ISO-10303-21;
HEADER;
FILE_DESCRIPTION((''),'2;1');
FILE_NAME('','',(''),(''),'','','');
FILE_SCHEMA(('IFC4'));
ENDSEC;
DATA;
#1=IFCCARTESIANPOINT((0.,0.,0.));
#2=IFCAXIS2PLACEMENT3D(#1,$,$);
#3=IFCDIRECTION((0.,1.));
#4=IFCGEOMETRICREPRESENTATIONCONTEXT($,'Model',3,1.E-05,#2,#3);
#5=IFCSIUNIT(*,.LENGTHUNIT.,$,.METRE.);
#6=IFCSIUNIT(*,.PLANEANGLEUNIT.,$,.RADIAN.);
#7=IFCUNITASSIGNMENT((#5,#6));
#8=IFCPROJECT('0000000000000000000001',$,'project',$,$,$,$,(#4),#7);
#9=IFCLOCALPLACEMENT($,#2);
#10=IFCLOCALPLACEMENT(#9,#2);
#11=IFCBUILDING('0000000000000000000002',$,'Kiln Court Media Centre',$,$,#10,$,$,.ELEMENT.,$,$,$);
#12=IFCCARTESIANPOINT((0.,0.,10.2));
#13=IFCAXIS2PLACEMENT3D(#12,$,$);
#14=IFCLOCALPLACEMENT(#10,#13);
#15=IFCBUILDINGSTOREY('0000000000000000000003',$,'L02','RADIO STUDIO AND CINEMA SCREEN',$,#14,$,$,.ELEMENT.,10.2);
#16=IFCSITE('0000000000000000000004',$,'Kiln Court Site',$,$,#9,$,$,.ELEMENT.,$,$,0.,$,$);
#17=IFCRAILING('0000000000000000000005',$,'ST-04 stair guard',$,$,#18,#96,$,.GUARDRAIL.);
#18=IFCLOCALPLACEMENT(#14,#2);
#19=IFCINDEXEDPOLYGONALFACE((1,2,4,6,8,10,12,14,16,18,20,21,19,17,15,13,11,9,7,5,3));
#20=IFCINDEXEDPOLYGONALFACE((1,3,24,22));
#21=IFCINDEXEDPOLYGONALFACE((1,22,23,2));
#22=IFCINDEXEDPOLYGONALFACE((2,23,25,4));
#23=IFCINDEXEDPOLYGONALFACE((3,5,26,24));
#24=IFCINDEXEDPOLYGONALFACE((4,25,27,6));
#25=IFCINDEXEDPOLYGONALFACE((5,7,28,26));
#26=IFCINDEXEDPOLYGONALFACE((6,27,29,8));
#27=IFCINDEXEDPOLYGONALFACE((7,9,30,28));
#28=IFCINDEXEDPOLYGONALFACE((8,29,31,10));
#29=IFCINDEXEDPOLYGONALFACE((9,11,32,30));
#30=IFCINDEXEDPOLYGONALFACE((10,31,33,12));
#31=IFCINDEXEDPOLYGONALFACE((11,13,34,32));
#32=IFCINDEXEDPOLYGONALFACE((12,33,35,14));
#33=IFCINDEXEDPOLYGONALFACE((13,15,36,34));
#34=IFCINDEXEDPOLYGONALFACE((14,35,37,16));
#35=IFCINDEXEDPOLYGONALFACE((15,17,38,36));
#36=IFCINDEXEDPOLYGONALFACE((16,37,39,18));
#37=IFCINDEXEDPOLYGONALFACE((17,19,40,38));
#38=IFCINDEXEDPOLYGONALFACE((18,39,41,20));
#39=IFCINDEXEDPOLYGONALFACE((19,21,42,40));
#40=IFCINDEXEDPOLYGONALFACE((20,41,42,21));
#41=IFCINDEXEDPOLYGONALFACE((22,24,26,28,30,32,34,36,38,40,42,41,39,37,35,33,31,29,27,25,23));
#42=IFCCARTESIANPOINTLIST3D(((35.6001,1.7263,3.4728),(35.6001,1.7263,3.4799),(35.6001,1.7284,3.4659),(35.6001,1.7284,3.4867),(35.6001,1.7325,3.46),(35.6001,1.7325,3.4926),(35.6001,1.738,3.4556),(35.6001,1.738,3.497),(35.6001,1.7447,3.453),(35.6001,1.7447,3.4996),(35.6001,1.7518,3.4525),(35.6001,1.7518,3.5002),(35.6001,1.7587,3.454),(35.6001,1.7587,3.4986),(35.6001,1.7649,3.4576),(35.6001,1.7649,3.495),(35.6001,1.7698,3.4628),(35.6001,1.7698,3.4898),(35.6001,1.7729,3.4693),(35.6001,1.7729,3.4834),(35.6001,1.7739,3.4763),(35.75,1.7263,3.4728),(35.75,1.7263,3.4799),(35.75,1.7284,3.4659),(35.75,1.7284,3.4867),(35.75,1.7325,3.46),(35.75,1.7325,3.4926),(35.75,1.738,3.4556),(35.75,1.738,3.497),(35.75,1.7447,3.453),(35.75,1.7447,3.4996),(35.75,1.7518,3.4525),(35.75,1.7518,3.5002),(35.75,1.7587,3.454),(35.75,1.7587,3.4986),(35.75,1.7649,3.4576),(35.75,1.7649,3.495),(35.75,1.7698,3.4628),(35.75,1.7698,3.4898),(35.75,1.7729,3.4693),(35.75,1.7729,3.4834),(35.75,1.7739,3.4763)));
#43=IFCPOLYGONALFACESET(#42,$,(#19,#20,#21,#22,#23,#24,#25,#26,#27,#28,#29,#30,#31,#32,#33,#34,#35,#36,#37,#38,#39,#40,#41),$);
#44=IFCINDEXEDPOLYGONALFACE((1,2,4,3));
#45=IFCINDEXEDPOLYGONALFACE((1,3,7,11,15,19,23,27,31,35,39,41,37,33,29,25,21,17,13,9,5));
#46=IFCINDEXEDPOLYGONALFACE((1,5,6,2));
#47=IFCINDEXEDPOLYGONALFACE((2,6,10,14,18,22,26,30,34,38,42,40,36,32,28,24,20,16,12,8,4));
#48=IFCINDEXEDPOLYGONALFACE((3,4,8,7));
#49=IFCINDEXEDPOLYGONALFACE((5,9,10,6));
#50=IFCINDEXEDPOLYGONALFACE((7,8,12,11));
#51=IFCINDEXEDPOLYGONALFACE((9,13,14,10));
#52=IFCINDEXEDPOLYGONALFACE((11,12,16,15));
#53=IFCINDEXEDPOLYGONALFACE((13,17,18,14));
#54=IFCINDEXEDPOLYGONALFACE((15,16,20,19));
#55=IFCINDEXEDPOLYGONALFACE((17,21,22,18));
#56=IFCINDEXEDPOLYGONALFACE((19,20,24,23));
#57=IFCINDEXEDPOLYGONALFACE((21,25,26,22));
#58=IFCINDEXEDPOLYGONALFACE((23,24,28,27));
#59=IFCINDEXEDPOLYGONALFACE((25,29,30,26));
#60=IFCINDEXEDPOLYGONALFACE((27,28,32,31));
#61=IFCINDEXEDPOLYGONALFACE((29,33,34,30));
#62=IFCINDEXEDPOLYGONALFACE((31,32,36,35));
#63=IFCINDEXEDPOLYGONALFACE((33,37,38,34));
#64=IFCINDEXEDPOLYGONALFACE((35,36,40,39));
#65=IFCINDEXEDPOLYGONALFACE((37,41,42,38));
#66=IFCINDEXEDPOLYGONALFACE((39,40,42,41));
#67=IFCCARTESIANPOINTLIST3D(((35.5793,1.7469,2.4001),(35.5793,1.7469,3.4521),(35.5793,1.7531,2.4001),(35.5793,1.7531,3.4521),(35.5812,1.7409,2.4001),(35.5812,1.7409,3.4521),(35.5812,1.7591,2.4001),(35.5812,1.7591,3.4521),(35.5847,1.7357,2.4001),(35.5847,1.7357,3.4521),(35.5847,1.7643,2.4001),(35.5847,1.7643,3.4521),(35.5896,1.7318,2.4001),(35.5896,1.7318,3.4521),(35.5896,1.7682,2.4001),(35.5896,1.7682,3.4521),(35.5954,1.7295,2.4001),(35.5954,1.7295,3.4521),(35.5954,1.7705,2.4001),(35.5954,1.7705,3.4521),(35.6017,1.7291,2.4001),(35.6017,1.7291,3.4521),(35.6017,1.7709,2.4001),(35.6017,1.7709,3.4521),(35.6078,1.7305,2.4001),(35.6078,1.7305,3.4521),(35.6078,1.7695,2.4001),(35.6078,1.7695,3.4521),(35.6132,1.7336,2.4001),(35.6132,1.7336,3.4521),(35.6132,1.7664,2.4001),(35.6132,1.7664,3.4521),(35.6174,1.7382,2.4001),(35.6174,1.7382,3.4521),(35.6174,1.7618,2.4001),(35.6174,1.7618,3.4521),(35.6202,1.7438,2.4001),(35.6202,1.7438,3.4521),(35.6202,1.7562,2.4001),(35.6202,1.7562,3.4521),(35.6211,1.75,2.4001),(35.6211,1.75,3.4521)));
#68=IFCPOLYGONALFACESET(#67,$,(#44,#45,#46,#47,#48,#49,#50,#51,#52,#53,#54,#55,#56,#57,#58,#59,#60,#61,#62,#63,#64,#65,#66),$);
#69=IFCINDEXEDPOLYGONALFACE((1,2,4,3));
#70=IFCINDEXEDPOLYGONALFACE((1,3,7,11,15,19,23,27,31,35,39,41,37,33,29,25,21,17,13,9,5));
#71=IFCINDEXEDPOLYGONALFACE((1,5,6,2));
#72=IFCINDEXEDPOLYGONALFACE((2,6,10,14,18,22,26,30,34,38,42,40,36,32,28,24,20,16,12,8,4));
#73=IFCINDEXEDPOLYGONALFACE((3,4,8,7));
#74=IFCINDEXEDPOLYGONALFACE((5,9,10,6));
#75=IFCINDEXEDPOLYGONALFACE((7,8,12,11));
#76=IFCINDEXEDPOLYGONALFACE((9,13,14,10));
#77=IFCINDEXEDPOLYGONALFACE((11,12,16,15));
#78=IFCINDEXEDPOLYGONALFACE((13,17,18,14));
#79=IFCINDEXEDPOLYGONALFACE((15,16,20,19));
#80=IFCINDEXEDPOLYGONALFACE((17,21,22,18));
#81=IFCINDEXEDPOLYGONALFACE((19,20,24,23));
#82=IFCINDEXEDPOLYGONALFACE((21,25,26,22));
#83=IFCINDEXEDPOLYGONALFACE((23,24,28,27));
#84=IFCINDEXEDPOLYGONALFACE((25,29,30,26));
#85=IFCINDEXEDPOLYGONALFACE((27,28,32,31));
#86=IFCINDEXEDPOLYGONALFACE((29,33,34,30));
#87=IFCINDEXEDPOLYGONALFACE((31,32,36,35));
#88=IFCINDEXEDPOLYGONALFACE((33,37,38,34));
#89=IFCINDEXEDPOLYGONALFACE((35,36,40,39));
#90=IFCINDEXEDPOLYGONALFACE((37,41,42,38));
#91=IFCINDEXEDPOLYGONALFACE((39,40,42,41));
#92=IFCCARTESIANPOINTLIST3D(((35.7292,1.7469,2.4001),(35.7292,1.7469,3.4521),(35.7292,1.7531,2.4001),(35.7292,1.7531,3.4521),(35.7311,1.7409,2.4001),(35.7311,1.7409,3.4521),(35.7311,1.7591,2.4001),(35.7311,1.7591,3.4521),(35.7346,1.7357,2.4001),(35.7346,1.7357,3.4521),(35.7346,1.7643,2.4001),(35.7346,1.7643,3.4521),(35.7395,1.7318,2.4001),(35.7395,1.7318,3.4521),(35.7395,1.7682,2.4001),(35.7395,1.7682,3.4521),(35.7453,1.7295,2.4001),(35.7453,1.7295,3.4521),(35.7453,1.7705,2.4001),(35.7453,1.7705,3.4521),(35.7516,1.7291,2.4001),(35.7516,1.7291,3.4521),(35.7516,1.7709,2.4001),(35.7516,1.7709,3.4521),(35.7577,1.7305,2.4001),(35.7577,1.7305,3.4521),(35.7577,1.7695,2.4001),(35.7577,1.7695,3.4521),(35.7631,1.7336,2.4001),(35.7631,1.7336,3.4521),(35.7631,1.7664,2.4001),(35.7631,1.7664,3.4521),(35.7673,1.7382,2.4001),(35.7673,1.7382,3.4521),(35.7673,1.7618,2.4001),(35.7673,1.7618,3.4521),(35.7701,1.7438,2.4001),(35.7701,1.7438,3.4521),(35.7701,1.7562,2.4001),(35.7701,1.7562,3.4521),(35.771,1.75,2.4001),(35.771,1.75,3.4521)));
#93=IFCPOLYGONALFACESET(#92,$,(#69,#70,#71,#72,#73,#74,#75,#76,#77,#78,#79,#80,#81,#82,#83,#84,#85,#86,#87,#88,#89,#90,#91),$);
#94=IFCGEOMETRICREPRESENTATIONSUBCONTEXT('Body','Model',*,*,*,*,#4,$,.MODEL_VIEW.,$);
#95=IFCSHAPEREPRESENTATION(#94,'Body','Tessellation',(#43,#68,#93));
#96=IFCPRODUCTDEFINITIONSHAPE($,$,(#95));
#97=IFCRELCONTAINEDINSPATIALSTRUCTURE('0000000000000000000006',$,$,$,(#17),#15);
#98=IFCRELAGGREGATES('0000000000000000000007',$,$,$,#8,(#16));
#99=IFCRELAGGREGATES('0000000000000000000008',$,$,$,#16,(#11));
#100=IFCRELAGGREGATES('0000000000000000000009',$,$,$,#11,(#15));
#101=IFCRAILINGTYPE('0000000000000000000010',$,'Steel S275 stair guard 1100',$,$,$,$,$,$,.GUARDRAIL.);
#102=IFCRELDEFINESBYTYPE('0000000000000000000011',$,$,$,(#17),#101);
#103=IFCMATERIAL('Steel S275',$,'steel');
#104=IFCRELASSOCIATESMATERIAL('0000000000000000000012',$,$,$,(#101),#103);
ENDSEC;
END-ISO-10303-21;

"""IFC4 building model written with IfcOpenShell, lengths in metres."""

from ifc_helpers import new_model, si_unit, direction, frame, origin, origin_2d, place, context, subcontext, project, spatial, circle, extrude, material, type_object, element, save


model = new_model("IFC4")

# Units and contexts
model_context = context("Model", 3, precision=1e-05, world=origin(), true_north=direction((0.0, 1.0)))
body_context = subcontext(model_context, "Body", "Model", "MODEL_VIEW")
ifc_project = project(units=[si_unit("LENGTHUNIT", "METRE"), si_unit("PLANEANGLEUNIT", "RADIAN")], contexts=[model_context])

# Site, building, storey
site_placement = place(None, origin())
site = spatial("IfcSite", under=ifc_project, at=site_placement, Name="Kiln Court Site", CompositionType="ELEMENT", RefElevation=0.0)
building_placement = place(site_placement, origin())
building = spatial("IfcBuilding", under=site, at=building_placement, Name="Kiln Court Media Centre", CompositionType="ELEMENT")
storey_placement = place(building_placement, frame((0.0, 0.0, 10.2)))
storey = spatial("IfcBuildingStorey", under=building, at=storey_placement, Name="L02", Description="RADIO STUDIO AND CINEMA SCREEN", CompositionType="ELEMENT", Elevation=10.2)

# Railing
ifc_material_1 = material(Name="Steel S275", Category="steel")
railing_type_1 = type_object("IfcRailingType", Name="Steel S275 stair guard 1100", PredefinedType="GUARDRAIL", material=ifc_material_1)
railing_1_placement = place(storey_placement, frame((35.6001, 1.75, 2.4001)))
element("IfcRailing", 1, at=railing_1_placement, inside=storey, type_object=railing_type_1, Name="ST-04 stair guard", PredefinedType="GUARDRAIL", context=body_context, shape_type="SweptSolid", body=[
    extrude(circle(Radius=0.0239, at=origin_2d()), frame((0.0, 0.0, 1.0762), z_axis=(1.0, 0.0, 0.0), x_axis=(0.0, 1.0, 0.0)), (0.0, 0.0, 1.0), 0.1499),
    extrude(circle(Radius=0.021, at=origin_2d()), origin(), (0.0, 0.0, 1.0), 1.052),
    extrude(circle(Radius=0.021, at=origin_2d()), frame((0.1499, 0.0, 0.0)), (0.0, 0.0, 1.0), 1.052),
])

save(model, "model.ifc")
